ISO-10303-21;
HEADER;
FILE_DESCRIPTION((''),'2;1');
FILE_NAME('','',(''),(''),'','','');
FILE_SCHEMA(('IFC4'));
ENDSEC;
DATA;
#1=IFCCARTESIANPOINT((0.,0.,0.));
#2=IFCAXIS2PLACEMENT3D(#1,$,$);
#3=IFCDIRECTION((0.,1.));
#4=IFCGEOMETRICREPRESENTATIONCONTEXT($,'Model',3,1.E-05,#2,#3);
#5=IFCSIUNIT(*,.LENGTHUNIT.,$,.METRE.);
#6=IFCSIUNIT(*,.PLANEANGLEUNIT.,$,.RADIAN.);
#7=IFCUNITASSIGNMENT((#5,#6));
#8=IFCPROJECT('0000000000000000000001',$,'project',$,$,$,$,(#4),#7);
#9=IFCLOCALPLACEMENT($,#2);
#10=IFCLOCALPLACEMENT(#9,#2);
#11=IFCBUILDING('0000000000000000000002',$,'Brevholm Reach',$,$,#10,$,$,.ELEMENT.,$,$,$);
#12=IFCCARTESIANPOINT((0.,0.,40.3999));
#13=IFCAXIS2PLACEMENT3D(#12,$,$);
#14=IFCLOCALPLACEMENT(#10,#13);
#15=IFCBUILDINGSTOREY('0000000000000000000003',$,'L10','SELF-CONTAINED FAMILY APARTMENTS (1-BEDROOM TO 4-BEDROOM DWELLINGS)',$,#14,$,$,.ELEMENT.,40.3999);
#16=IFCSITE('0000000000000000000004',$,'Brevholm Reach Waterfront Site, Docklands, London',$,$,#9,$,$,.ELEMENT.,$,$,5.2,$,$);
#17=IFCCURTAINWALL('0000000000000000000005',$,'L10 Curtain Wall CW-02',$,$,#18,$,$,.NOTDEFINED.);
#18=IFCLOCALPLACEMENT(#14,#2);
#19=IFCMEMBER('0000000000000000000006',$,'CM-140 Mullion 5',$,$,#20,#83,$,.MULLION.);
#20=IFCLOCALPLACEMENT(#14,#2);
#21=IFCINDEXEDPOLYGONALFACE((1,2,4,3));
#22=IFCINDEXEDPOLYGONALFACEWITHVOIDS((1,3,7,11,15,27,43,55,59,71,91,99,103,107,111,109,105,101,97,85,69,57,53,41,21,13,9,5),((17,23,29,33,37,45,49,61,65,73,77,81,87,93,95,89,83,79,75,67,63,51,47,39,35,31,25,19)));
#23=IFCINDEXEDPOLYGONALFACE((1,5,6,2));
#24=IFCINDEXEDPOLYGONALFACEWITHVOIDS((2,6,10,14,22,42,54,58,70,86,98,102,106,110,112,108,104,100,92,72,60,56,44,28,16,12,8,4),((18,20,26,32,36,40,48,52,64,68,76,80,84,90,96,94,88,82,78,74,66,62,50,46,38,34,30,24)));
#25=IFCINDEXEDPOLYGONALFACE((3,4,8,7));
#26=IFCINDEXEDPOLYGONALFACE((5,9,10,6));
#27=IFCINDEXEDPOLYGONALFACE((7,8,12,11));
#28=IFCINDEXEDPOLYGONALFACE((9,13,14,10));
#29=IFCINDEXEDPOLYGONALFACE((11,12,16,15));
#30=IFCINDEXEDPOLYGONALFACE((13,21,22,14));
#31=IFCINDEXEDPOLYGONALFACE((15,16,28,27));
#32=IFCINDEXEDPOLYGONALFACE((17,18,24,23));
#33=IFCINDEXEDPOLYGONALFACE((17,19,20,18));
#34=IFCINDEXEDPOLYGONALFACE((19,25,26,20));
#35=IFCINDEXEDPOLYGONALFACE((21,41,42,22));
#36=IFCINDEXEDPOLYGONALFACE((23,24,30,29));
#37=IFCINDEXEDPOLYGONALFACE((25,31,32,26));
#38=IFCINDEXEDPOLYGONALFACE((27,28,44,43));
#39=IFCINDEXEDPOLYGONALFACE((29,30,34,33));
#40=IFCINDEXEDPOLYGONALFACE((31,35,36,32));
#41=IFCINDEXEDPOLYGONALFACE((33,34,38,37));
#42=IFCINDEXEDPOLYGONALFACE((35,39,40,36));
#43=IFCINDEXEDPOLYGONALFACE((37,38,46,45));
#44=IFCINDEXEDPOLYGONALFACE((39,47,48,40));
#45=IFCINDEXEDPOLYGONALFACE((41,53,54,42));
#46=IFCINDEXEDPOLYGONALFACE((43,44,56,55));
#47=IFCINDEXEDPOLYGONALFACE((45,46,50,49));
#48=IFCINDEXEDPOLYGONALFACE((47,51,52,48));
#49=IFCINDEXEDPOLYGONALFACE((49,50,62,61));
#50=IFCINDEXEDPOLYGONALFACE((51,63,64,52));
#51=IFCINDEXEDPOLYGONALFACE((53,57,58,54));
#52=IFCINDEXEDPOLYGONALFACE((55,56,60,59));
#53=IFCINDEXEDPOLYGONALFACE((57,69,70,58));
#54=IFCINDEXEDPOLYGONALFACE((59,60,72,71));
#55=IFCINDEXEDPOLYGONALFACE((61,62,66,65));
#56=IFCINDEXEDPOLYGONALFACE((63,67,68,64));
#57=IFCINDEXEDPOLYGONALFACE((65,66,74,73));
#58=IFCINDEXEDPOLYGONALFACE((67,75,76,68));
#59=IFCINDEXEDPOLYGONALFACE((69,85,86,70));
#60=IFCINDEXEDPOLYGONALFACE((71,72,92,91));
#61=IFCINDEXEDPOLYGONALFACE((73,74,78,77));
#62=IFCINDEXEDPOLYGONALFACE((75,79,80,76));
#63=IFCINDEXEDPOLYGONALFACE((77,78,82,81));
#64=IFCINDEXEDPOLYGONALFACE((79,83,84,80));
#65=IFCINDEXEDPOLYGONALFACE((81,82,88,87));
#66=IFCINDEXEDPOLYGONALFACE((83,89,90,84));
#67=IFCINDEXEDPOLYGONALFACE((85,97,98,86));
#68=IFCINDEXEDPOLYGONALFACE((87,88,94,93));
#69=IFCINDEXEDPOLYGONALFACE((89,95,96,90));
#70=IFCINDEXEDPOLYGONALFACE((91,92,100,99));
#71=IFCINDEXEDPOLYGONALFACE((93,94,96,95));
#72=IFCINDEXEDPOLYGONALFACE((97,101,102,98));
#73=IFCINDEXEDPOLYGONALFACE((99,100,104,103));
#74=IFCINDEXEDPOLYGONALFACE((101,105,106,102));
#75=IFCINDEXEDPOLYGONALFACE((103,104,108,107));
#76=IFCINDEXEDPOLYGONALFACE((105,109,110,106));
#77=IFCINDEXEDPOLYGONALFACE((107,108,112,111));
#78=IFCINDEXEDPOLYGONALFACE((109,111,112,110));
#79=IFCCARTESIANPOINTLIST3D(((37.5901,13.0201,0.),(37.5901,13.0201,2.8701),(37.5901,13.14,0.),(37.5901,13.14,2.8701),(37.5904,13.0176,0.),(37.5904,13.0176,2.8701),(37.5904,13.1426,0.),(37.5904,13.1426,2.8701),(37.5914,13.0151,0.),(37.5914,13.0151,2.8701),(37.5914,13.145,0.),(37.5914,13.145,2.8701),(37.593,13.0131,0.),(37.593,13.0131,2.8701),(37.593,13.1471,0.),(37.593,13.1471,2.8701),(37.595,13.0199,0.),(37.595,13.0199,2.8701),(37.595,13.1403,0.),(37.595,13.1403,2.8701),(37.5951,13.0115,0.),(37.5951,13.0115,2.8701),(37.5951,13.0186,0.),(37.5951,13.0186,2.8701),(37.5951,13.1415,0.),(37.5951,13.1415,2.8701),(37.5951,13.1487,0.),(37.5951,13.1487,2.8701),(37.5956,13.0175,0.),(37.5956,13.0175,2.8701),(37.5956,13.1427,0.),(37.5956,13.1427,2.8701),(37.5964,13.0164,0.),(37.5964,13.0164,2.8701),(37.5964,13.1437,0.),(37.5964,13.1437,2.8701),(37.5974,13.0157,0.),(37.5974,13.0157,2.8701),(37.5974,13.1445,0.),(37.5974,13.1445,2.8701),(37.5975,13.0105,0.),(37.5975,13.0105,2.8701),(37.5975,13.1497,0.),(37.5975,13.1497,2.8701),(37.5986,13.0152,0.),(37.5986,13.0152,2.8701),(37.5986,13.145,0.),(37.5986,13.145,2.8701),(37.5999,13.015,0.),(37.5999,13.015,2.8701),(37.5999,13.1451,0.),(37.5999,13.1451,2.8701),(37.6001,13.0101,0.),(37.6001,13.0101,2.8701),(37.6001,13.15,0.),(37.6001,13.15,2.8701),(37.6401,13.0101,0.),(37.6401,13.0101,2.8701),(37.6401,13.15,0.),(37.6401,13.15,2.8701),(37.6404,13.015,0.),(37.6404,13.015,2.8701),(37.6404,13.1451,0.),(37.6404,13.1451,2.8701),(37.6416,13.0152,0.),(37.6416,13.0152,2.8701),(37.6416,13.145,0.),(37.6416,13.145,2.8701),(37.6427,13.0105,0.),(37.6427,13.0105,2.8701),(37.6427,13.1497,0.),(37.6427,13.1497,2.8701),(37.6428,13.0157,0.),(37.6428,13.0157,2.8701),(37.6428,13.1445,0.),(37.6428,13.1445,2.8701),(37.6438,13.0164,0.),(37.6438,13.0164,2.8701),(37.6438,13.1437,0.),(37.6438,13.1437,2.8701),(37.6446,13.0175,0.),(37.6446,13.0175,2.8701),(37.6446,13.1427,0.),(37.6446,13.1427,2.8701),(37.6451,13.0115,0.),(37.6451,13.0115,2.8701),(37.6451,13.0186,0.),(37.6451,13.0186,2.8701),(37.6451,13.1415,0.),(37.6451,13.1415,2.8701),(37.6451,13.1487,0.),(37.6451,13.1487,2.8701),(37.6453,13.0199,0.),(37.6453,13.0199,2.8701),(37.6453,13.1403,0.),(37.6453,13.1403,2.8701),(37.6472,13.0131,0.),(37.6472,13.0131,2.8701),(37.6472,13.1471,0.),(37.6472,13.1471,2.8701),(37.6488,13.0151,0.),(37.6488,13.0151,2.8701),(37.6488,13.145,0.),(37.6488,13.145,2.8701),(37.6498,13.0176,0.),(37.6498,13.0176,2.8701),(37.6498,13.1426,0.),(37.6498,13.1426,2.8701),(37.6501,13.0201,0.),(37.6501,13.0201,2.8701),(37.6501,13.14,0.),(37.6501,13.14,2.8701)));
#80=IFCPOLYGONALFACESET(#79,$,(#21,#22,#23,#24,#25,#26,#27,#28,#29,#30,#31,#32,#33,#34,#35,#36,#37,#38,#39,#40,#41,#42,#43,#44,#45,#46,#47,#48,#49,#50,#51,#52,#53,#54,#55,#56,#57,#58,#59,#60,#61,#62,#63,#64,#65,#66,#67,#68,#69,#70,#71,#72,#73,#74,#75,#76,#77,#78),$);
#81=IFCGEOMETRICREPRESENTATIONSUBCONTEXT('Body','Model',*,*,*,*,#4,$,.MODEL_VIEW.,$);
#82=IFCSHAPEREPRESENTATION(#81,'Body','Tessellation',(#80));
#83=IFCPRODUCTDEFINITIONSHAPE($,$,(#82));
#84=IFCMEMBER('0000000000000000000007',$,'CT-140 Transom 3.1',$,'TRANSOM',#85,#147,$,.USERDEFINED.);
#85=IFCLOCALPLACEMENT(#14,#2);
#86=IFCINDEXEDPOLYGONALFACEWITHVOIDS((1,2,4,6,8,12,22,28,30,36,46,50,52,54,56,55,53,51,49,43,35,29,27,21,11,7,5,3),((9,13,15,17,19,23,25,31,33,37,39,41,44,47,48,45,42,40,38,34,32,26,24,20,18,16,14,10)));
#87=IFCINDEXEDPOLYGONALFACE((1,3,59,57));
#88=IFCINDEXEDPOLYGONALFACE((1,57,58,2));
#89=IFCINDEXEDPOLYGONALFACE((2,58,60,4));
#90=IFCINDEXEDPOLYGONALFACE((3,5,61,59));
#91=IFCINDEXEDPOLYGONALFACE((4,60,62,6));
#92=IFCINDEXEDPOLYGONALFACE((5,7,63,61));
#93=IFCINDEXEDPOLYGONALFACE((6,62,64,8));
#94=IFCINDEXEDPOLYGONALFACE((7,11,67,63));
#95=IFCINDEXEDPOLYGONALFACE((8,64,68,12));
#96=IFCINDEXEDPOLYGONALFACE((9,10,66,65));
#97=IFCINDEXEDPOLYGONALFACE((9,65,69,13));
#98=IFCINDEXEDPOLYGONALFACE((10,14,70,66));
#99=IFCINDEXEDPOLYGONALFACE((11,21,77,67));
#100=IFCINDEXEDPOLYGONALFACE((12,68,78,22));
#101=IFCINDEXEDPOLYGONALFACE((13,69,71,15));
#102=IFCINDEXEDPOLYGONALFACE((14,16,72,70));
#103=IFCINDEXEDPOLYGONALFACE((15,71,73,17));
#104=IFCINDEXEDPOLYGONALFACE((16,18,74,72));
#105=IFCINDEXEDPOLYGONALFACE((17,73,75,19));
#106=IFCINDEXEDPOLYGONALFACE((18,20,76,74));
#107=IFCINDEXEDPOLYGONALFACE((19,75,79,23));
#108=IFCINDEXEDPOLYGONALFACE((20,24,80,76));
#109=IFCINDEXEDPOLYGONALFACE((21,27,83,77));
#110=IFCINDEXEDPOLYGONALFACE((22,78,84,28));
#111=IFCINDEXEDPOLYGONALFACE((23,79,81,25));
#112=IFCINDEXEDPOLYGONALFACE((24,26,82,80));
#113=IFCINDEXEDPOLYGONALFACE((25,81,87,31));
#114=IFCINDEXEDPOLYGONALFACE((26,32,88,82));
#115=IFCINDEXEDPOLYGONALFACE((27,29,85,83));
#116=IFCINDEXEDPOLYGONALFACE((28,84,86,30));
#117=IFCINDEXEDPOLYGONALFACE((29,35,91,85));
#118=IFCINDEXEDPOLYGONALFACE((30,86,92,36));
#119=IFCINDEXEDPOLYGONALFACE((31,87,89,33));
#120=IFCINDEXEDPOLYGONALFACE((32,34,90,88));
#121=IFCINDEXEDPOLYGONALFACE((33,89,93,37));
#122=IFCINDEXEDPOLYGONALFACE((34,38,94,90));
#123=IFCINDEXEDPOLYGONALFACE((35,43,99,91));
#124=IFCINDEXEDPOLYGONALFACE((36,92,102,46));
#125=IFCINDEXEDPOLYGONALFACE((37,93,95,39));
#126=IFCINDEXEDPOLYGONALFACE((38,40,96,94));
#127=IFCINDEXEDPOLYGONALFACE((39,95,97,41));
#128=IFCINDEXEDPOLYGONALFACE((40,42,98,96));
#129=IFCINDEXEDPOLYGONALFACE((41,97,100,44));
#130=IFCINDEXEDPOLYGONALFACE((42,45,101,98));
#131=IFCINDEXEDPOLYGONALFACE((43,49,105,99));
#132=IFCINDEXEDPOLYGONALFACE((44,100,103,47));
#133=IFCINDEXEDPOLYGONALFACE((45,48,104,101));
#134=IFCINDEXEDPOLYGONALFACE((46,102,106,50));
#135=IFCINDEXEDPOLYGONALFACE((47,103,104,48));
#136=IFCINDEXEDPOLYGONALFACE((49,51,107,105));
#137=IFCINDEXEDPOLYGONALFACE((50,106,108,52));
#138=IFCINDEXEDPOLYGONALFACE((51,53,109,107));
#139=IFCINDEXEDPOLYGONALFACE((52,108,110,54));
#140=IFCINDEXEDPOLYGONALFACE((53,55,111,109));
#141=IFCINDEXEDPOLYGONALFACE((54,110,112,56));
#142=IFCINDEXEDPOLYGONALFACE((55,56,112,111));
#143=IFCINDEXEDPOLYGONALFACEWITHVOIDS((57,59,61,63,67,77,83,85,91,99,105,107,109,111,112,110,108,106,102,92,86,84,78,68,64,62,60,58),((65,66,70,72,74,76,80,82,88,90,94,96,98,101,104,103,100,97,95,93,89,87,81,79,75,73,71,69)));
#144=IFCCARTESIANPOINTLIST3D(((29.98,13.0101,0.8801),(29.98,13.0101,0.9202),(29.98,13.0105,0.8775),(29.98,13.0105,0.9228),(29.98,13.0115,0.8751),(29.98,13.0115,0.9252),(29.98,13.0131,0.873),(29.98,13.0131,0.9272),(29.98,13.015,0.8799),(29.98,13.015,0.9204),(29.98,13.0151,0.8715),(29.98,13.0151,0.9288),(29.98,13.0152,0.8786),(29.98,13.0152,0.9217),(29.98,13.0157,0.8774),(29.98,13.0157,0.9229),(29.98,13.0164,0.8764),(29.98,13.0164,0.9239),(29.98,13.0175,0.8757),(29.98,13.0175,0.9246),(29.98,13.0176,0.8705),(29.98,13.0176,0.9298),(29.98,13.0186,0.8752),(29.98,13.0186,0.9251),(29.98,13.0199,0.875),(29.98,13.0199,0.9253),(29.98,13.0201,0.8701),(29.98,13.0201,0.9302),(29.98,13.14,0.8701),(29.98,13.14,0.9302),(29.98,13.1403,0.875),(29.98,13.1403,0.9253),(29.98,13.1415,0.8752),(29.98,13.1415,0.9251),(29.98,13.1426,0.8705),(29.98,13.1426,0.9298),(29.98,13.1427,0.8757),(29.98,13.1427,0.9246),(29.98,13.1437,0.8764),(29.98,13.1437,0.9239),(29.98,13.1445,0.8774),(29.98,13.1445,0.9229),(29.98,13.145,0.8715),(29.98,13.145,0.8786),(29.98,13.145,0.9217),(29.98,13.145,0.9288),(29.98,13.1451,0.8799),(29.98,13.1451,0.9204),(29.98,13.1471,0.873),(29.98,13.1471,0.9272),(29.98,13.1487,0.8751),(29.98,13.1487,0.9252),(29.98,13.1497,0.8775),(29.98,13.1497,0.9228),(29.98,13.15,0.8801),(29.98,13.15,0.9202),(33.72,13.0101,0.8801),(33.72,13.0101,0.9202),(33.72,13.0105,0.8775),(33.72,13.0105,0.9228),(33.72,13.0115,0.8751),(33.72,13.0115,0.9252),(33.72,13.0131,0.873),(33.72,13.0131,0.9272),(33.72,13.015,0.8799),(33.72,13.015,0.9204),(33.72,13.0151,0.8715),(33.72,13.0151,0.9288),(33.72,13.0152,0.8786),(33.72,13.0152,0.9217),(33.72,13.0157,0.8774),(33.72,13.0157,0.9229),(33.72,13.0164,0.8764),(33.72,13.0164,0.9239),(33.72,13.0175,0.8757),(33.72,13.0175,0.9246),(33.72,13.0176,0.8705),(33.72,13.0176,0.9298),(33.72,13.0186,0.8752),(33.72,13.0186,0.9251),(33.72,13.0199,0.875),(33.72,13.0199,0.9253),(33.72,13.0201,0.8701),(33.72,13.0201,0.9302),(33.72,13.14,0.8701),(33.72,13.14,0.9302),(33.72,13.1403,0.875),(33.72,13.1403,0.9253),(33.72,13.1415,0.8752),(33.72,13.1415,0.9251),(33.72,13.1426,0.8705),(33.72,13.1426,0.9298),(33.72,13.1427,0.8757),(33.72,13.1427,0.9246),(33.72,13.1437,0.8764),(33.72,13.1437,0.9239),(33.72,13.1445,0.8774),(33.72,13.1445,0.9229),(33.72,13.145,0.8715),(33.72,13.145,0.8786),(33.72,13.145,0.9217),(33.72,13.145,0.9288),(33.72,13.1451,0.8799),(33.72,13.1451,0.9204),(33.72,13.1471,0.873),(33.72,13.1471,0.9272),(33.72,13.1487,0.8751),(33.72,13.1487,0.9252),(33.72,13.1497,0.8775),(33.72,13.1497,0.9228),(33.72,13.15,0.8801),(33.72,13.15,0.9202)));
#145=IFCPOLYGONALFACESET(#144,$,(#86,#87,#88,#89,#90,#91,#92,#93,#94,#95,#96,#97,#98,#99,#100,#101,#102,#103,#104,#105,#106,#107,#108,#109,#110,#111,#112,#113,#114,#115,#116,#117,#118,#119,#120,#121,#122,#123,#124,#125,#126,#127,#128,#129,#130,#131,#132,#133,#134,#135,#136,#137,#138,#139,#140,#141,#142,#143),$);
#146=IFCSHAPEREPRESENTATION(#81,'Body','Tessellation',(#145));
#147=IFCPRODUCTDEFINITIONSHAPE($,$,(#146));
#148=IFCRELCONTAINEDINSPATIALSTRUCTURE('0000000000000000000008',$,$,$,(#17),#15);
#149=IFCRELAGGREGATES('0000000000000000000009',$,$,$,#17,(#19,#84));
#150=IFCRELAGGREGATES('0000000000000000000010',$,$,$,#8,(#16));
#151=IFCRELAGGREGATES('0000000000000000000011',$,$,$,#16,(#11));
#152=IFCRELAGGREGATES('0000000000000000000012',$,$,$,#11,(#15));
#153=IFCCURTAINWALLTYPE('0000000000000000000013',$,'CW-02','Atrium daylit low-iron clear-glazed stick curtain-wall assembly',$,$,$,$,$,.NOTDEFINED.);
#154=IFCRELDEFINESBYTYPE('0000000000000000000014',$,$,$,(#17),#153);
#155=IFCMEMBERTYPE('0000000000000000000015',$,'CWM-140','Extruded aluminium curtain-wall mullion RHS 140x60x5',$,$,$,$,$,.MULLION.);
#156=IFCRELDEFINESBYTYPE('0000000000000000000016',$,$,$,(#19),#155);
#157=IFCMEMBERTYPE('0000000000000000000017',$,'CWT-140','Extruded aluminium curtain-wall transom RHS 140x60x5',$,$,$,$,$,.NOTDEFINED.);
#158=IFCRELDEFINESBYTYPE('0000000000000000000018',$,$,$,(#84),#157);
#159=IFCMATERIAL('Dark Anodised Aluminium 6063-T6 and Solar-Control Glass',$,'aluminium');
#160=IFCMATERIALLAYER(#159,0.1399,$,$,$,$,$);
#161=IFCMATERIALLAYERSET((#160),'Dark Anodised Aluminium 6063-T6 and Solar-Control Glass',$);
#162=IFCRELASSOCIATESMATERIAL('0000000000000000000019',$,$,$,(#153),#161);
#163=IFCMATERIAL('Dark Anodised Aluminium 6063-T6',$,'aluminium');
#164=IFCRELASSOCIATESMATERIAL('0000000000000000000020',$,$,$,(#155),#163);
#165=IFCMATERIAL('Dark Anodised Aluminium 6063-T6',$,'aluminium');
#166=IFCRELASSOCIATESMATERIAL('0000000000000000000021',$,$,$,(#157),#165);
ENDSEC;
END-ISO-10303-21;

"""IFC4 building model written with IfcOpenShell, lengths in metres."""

from ifc_helpers import new_model, si_unit, direction, frame, origin, origin_2d, place, context, subcontext, project, spatial, hollow_rectangle, extrude, material, layer, layer_set, material_profile, profile_set, type_object, element, aggregate, save


model = new_model("IFC4")

# Units and contexts
model_context = context("Model", 3, precision=1e-05, world=origin(), true_north=direction((0.0, 1.0)))
body_context = subcontext(model_context, "Body", "Model", "MODEL_VIEW")
ifc_project = project(units=[si_unit("LENGTHUNIT", "METRE"), si_unit("PLANEANGLEUNIT", "RADIAN")], contexts=[model_context])

# Site, building, storey
site_placement = place(None, origin())
site = spatial("IfcSite", under=ifc_project, at=site_placement, Name="Brevholm Reach Waterfront Site, Docklands, London", CompositionType="ELEMENT", RefElevation=5.2)
building_placement = place(site_placement, origin())
building = spatial("IfcBuilding", under=site, at=building_placement, Name="Brevholm Reach", CompositionType="ELEMENT")
storey_placement = place(building_placement, frame((0.0, 0.0, 40.3999)))
storey = spatial("IfcBuildingStorey", under=building, at=storey_placement, Name="L10", Description="SELF-CONTAINED FAMILY APARTMENTS (1-BEDROOM TO 4-BEDROOM DWELLINGS)", CompositionType="ELEMENT", Elevation=40.3999)

# Curtain wall, members
ifc_material_1 = material(Name="Dark Anodised Aluminium 6063-T6 and Solar-Control Glass", Category="aluminium")
ifc_layer_1 = layer(ifc_material_1, 0.1399)
ifc_layer_set_1 = layer_set([ifc_layer_1], Name="Dark Anodised Aluminium 6063-T6 and Solar-Control Glass")
curtain_wall_type = type_object("IfcCurtainWallType", Name="CW-02", Description="Atrium daylit low-iron clear-glazed stick curtain-wall assembly", PredefinedType="NOTDEFINED", material=ifc_layer_set_1)
curtain_wall_placement = place(storey_placement, origin())
curtain_wall = element("IfcCurtainWall", 1, at=curtain_wall_placement, inside=storey, type_object=curtain_wall_type, Name="L10 Curtain Wall CW-02", PredefinedType="NOTDEFINED")
ifc_material_2 = material(Name="Dark Anodised Aluminium 6063-T6", Category="aluminium")
ifc_material_profile_1 = material_profile(ifc_material_2, hollow_rectangle(XDim=0.0601, YDim=0.1399, WallThickness=0.0049, InnerFilletRadius=0.0049, OuterFilletRadius=0.01, at=origin_2d()), Name="RHS 140x60x5")
ifc_profile_set_1 = profile_set([ifc_material_profile_1], Name="Dark Anodised Aluminium 6063-T6")
member_type_1 = type_object("IfcMemberType", Name="CWM-140", Description="Extruded aluminium curtain-wall mullion RHS 140x60x5", PredefinedType="MULLION", material=ifc_profile_set_1)
member_1_placement = place(storey_placement, frame((37.6201, 13.0801, 0.0), z_axis=(0.0, 0.0, 1.0), x_axis=(1.0, 0.0, 0.0)))
member_1 = element("IfcMember", 2, at=member_1_placement, type_object=member_type_1, Name="CM-140 Mullion 5", PredefinedType="MULLION", context=body_context, shape_type="SweptSolid", body=[
    extrude(hollow_rectangle(XDim=0.0601, YDim=0.1399, WallThickness=0.0049, InnerFilletRadius=0.0049, OuterFilletRadius=0.01, at=origin_2d()), origin(), (0.0, 0.0, 1.0), 2.8701),
])
ifc_material_3 = material(Name="Dark Anodised Aluminium 6063-T6", Category="aluminium")
ifc_material_profile_2 = material_profile(ifc_material_3, hollow_rectangle(XDim=0.0601, YDim=0.1399, WallThickness=0.0049, InnerFilletRadius=0.0049, OuterFilletRadius=0.01, at=origin_2d()), Name="RHS 140x60x5")
ifc_profile_set_2 = profile_set([ifc_material_profile_2], Name="Dark Anodised Aluminium 6063-T6")
member_type_2 = type_object("IfcMemberType", Name="CWT-140", Description="Extruded aluminium curtain-wall transom RHS 140x60x5", PredefinedType="NOTDEFINED", material=ifc_profile_set_2)
member_2_placement = place(storey_placement, frame((29.98, 13.0801, 0.9001), z_axis=(1.0, 0.0, 0.0), x_axis=(0.0, 0.0, 1.0)))
member_2 = element("IfcMember", 3, at=member_2_placement, type_object=member_type_2, Name="CT-140 Transom 3.1", ObjectType="TRANSOM", PredefinedType="USERDEFINED", context=body_context, shape_type="SweptSolid", body=[
    extrude(hollow_rectangle(XDim=0.0601, YDim=0.1399, WallThickness=0.0049, InnerFilletRadius=0.0049, OuterFilletRadius=0.01, at=origin_2d()), origin(), (0.0, 0.0, 1.0), 3.74),
])
aggregate(curtain_wall, [member_1, member_2])

save(model, "model.ifc")
